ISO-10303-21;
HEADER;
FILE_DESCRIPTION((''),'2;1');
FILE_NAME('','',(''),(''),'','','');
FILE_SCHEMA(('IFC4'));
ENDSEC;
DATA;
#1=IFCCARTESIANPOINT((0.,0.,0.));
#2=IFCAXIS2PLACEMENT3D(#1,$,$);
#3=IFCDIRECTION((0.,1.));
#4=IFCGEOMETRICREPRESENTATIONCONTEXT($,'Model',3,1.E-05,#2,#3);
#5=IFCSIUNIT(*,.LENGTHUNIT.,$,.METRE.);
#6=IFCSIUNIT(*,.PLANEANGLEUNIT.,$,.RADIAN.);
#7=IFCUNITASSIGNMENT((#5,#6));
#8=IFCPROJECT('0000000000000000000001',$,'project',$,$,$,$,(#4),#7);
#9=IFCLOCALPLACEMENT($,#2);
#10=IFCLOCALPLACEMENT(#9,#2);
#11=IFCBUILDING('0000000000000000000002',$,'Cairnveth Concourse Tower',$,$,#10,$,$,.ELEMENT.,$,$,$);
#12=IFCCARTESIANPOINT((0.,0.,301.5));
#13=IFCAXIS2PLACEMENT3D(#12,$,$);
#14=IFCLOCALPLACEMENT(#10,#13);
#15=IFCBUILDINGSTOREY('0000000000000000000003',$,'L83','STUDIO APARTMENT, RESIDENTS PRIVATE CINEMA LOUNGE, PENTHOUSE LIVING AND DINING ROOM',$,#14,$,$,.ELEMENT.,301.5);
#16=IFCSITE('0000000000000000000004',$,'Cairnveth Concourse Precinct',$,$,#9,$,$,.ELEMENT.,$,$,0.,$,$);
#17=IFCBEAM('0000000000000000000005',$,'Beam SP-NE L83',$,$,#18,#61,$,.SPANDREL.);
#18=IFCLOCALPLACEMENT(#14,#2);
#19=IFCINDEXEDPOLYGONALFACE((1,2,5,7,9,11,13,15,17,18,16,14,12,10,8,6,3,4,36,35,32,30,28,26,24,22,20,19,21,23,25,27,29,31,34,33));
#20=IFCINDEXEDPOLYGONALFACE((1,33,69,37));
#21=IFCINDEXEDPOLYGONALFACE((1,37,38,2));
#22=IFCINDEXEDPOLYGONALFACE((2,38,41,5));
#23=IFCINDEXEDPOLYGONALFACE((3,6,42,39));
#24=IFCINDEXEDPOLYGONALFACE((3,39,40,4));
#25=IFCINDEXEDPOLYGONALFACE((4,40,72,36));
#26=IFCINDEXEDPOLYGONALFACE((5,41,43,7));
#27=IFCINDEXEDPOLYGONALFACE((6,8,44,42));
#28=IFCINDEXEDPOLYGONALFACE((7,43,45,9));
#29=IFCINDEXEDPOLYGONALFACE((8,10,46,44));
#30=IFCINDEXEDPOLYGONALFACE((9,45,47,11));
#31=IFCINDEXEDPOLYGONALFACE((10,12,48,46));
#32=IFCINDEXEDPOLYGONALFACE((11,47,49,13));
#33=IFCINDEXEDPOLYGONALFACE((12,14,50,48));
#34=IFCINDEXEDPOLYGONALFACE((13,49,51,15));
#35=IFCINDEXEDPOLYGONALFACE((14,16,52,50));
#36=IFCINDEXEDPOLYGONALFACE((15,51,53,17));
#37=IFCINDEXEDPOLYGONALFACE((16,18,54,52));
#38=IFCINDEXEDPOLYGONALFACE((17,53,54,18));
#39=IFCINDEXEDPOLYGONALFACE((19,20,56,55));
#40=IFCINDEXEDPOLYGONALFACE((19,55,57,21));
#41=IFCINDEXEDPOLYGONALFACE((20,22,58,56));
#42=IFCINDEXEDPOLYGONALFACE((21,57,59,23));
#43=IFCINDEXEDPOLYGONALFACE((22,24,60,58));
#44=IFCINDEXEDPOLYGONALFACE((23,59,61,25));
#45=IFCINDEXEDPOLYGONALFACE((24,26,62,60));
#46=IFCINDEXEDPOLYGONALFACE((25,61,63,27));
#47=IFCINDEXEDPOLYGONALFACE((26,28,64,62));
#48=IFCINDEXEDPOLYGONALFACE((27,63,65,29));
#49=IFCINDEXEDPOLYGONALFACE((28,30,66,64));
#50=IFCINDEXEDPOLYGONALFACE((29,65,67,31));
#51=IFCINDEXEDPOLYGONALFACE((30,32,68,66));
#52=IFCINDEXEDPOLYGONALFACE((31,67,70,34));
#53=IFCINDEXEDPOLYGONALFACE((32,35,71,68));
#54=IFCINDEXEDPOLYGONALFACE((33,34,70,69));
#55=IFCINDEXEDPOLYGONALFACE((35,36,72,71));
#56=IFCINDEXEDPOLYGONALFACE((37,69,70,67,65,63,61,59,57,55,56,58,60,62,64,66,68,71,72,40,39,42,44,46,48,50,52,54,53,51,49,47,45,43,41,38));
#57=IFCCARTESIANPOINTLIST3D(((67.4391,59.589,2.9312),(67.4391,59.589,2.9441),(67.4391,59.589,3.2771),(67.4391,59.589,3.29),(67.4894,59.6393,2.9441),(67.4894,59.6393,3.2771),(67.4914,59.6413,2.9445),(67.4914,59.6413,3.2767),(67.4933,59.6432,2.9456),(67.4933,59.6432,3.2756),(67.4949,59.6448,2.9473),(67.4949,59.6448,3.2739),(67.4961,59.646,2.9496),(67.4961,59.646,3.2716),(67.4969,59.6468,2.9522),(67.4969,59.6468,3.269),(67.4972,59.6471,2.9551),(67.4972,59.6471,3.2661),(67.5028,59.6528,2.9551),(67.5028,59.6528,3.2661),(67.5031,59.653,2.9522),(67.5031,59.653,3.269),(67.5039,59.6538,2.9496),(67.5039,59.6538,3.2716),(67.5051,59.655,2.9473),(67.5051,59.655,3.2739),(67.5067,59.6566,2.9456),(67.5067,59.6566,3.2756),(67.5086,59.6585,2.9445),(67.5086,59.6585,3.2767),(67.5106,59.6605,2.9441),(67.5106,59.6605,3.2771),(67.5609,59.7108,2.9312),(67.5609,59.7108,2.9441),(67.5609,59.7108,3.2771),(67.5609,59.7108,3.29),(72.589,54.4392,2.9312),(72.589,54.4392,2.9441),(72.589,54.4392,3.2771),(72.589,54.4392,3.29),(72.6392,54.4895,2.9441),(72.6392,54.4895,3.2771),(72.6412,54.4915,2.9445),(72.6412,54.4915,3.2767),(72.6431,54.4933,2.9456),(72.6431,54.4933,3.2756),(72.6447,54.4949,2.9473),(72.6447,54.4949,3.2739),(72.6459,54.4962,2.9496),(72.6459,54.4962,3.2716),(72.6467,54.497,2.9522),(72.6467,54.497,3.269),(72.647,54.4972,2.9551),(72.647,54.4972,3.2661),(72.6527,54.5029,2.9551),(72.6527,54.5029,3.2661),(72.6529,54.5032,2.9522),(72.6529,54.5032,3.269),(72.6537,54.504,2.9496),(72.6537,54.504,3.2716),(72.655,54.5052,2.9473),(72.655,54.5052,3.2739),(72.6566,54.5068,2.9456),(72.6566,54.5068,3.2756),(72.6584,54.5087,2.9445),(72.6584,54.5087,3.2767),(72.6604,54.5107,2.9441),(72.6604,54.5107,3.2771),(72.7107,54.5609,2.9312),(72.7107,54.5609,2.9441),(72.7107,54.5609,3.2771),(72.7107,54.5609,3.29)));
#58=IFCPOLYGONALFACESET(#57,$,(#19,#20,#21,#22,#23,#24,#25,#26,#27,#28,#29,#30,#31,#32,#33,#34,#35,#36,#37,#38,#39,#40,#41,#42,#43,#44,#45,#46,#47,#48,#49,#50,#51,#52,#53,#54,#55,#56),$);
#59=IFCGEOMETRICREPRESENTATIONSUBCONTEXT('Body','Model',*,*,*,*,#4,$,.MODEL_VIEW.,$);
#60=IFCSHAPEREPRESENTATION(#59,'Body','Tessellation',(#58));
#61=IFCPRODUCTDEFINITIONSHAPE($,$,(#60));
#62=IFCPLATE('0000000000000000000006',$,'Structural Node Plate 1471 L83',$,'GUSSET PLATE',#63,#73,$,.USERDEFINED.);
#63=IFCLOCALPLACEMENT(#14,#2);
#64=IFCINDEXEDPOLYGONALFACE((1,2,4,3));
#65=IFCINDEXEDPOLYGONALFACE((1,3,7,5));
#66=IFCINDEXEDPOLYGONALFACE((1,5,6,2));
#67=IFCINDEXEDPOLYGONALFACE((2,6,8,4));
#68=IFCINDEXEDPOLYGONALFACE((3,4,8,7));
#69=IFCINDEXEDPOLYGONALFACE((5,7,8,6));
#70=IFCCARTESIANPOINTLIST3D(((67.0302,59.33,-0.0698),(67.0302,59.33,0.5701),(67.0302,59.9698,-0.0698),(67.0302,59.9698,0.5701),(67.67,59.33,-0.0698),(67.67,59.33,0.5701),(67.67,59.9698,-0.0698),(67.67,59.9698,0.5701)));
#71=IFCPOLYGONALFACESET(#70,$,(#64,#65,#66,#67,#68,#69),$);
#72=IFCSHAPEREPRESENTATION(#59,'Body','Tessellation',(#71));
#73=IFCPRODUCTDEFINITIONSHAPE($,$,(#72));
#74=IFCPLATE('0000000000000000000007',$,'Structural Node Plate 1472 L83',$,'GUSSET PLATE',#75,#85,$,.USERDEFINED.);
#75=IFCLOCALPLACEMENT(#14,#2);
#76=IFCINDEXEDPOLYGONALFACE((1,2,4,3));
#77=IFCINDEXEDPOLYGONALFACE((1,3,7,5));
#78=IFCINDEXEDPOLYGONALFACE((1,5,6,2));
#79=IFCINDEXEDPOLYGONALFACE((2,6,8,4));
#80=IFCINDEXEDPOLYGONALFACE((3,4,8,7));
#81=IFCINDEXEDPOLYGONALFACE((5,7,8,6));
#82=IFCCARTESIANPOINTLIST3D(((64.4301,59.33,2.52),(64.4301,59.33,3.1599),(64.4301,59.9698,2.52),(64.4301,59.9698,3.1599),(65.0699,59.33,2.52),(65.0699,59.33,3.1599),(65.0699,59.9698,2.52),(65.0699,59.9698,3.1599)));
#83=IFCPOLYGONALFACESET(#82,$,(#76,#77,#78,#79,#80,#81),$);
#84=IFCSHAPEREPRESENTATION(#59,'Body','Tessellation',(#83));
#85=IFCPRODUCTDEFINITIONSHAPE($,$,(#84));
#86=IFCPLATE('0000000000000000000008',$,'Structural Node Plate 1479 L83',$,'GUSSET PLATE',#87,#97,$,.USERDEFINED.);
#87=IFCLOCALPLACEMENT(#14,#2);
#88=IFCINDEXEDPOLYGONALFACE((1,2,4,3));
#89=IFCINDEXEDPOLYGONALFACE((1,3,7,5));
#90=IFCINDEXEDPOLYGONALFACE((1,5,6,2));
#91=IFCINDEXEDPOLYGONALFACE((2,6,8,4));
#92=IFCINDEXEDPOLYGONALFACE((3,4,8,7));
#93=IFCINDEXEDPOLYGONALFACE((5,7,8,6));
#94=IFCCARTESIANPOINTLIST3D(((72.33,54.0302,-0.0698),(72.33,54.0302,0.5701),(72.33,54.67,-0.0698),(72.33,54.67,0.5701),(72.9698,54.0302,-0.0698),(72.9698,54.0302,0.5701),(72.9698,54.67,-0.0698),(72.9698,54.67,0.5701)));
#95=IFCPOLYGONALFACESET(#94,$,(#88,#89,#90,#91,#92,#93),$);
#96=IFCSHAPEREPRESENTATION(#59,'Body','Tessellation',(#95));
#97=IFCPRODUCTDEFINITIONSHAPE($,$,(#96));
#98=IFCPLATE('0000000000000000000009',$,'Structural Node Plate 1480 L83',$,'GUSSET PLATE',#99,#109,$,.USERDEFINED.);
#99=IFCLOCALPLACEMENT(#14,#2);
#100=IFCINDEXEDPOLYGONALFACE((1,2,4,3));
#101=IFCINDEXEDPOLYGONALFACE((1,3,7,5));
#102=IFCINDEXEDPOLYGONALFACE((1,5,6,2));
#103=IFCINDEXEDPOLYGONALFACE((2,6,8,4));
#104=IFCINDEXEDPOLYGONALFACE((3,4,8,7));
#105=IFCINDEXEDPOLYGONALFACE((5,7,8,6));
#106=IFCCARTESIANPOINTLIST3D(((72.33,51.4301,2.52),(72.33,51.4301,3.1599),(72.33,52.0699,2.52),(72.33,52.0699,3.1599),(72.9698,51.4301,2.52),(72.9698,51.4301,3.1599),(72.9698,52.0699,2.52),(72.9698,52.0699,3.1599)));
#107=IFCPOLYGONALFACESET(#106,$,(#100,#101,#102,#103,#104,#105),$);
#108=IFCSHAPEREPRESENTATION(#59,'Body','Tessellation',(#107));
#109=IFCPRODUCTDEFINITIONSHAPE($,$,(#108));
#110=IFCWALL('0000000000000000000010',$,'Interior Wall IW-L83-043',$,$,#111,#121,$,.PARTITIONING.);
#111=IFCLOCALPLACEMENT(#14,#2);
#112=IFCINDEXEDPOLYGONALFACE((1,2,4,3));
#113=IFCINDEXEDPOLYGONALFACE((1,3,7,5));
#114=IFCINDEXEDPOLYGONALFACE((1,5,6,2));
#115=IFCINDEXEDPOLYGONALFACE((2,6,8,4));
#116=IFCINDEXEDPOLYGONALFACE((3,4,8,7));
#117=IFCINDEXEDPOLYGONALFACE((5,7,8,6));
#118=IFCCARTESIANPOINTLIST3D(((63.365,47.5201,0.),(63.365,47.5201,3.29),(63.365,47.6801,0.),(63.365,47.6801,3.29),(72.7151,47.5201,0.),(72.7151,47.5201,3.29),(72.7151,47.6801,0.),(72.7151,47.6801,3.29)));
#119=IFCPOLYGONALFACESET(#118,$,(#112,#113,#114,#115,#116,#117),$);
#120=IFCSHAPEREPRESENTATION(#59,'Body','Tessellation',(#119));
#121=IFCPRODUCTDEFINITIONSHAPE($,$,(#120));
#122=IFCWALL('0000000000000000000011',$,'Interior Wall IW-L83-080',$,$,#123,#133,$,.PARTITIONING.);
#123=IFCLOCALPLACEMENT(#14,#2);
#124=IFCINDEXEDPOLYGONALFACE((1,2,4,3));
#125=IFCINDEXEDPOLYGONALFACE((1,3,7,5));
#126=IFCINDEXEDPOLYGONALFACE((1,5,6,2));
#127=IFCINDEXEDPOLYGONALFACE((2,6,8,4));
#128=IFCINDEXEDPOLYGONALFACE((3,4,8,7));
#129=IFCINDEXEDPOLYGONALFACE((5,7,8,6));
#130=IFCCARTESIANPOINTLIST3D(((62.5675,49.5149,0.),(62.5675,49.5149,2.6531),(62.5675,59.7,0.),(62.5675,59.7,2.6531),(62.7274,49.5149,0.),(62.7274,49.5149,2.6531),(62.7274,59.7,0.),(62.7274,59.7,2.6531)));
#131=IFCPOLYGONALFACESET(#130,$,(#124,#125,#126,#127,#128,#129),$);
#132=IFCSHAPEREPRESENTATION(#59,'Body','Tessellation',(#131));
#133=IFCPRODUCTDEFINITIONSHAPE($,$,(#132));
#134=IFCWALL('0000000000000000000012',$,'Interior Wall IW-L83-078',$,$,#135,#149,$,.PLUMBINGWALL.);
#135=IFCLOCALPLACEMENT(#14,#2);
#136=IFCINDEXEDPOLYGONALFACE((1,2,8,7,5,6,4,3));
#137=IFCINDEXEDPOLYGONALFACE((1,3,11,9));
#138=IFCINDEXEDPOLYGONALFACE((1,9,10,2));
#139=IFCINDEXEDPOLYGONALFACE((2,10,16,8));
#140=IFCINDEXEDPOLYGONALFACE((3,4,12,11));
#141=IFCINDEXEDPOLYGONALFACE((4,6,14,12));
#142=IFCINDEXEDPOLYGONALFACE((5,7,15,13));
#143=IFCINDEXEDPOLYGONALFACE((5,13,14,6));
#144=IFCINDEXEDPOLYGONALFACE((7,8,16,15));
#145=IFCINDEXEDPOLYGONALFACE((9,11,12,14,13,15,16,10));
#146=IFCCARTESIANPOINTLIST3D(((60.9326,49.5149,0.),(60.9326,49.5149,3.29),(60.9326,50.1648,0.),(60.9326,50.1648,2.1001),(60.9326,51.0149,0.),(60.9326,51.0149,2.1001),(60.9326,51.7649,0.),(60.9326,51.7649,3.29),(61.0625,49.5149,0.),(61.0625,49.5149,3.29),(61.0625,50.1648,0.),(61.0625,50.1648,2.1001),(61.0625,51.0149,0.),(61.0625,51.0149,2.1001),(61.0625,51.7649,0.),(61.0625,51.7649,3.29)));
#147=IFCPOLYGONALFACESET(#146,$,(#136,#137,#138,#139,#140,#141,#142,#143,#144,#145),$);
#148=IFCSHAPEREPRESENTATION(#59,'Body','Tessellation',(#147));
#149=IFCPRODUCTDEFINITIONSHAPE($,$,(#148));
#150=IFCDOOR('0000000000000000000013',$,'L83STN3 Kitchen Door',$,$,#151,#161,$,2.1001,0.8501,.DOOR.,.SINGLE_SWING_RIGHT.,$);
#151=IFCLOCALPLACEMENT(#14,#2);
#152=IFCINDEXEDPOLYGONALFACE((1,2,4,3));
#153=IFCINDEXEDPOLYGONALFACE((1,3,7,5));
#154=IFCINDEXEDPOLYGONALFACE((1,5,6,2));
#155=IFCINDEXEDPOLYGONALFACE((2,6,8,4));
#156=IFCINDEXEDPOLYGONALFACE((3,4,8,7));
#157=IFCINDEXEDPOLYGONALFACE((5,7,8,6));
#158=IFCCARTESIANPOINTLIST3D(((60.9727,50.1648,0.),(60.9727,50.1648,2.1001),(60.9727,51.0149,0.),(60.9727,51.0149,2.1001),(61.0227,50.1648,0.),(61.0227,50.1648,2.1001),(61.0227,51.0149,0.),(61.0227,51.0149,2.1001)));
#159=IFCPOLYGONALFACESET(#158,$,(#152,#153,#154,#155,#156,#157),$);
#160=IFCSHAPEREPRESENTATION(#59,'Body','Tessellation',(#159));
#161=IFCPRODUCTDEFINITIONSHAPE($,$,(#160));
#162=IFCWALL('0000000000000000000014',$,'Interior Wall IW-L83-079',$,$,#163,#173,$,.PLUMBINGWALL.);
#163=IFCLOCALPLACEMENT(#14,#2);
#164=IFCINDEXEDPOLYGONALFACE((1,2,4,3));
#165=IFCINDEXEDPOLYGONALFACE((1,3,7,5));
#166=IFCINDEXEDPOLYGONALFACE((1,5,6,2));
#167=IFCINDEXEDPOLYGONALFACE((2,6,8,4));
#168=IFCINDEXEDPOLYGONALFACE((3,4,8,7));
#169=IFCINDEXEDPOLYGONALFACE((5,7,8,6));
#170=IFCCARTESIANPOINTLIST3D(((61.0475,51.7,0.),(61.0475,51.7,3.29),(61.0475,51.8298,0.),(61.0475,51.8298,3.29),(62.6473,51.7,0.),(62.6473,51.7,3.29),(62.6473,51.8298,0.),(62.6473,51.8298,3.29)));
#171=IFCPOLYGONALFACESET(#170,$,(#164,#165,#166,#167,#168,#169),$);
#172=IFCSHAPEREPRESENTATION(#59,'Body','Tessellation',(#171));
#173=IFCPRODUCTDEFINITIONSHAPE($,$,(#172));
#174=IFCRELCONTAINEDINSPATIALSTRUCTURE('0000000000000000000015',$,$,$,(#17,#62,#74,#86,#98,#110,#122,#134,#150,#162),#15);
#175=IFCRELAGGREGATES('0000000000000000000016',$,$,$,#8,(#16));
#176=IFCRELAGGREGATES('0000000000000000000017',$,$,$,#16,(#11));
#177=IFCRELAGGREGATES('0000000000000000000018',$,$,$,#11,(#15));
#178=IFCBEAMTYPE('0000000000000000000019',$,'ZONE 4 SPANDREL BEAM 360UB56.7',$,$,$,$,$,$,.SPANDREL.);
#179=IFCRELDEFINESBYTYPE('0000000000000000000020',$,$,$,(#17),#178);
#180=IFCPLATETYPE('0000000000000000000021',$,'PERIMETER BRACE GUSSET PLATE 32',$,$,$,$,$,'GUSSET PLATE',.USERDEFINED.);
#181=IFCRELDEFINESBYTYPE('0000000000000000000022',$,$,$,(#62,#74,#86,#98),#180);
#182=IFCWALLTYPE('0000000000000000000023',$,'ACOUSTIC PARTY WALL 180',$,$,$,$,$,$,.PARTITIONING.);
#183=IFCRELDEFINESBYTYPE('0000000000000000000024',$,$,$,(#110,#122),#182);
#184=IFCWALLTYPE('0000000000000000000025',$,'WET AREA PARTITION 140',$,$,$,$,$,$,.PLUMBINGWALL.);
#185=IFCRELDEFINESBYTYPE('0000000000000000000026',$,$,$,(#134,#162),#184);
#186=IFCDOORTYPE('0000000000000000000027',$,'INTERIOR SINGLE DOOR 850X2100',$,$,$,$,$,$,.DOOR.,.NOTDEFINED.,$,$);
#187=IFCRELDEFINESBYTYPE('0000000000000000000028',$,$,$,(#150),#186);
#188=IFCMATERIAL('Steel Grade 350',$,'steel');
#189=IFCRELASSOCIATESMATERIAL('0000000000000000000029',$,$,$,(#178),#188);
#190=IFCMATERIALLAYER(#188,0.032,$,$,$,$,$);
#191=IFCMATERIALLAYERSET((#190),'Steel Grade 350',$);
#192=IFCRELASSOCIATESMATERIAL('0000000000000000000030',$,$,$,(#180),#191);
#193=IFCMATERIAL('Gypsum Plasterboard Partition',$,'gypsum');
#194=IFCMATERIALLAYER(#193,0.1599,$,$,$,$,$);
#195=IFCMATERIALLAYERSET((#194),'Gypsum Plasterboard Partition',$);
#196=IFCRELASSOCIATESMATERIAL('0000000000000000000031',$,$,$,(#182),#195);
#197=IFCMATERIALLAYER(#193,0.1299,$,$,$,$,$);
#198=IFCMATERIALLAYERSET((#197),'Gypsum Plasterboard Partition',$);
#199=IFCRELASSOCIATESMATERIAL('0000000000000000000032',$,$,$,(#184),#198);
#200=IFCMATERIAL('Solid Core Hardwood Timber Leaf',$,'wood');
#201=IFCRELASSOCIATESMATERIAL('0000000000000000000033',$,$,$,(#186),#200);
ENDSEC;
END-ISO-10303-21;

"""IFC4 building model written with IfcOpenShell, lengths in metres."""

from ifc_helpers import new_model, si_unit, direction, frame, frame_2d, origin, origin_2d, place, context, subcontext, project, spatial, rectangle, i_section, extrude, material, layer, layer_set, material_profile, profile_set, type_object, element, fill, save


model = new_model("IFC4")

# Units and contexts
model_context = context("Model", 3, precision=1e-05, world=origin(), true_north=direction((0.0, 1.0)))
body_context = subcontext(model_context, "Body", "Model", "MODEL_VIEW")
ifc_project = project(units=[si_unit("LENGTHUNIT", "METRE"), si_unit("PLANEANGLEUNIT", "RADIAN")], contexts=[model_context])

# Site, building, storey
site_placement = place(None, origin())
site = spatial("IfcSite", under=ifc_project, at=site_placement, Name="Cairnveth Concourse Precinct", CompositionType="ELEMENT", RefElevation=0.0)
building_placement = place(site_placement, origin())
building = spatial("IfcBuilding", under=site, at=building_placement, Name="Cairnveth Concourse Tower", CompositionType="ELEMENT")
storey_placement = place(building_placement, frame((0.0, 0.0, 301.5)))
storey = spatial("IfcBuildingStorey", under=building, at=storey_placement, Name="L83", Description="STUDIO APARTMENT, RESIDENTS PRIVATE CINEMA LOUNGE, PENTHOUSE LIVING AND DINING ROOM", CompositionType="ELEMENT", Elevation=301.5)

# Shared definitions
ifc_material_1 = material(Name="Steel Grade 350", Category="steel")

# Beam
ifc_material_profile_1 = material_profile(ifc_material_1, i_section(OverallWidth=0.1721, OverallDepth=0.3589, WebThickness=0.0081, FlangeThickness=0.0129, FilletRadius=0.011, at=origin_2d()), Name="360UB56.7")
ifc_profile_set_1 = profile_set([ifc_material_profile_1], Name="Steel Grade 350")
beam_type_1 = type_object("IfcBeamType", Name="ZONE 4 SPANDREL BEAM 360UB56.7", PredefinedType="SPANDREL", material=ifc_profile_set_1)
beam_1_placement = place(storey_placement, frame((67.5, 59.6499, 3.1106), z_axis=(0.707107, -0.707107, 0.0), x_axis=(0.707107, 0.707107, 0.0)))
element("IfcBeam", 1, at=beam_1_placement, inside=storey, type_object=beam_type_1, Name="Beam SP-NE L83", PredefinedType="SPANDREL", context=body_context, shape_type="SweptSolid", body=[
    extrude(i_section(OverallWidth=0.1721, OverallDepth=0.3589, WebThickness=0.0081, FlangeThickness=0.0129, FilletRadius=0.011, at=origin_2d()), origin(), (0.0, 0.0, 1.0), 7.283),
])

# Plates
ifc_layer_1 = layer(ifc_material_1, 0.032)
ifc_layer_set_1 = layer_set([ifc_layer_1], Name="Steel Grade 350")
plate_type = type_object("IfcPlateType", Name="PERIMETER BRACE GUSSET PLATE 32", ElementType="GUSSET PLATE", PredefinedType="USERDEFINED", material=ifc_layer_set_1)
for number, where, z_axis, x_axis, name in (
    (2, (67.3501, 59.6499, -0.0698), (0.0, 0.0, 1.0), (1.0, 0.0, 0.0), "Structural Node Plate 1471 L83"),
    (3, (64.75, 59.6499, 2.52), (0.0, 0.0, 1.0), (1.0, 0.0, 0.0), "Structural Node Plate 1472 L83"),
    (4, (72.6499, 54.3501, -0.0698), (0.0, 0.0, 1.0), (1.0, 0.0, 0.0), "Structural Node Plate 1479 L83"),
    (5, (72.6499, 51.75, 2.52), (0.0, 0.0, 1.0), (1.0, 0.0, 0.0), "Structural Node Plate 1480 L83"),
):
    element("IfcPlate", number, at=place(storey_placement, frame(where, z_axis=z_axis, x_axis=x_axis)), inside=storey, type_object=plate_type, Name=name, ObjectType="GUSSET PLATE", PredefinedType="USERDEFINED", context=body_context, shape_type="SweptSolid", body=[
        extrude(rectangle(XDim=0.6399, YDim=0.6399, at=origin_2d()), origin(), (0.0, 0.0, 1.0), 0.6399),
    ])

# Walls
ifc_material_2 = material(Name="Gypsum Plasterboard Partition", Category="gypsum")
ifc_layer_2 = layer(ifc_material_2, 0.1599)
ifc_layer_set_2 = layer_set([ifc_layer_2], Name="Gypsum Plasterboard Partition")
wall_type_1 = type_object("IfcWallType", Name="ACOUSTIC PARTY WALL 180", PredefinedType="PARTITIONING", material=ifc_layer_set_2)
wall_1_placement = place(storey_placement, frame((63.365, 47.6001, 0.0), z_axis=(0.0, 0.0, 1.0), x_axis=(1.0, 0.0, 0.0)))
element("IfcWall", 6, at=wall_1_placement, inside=storey, type_object=wall_type_1, Name="Interior Wall IW-L83-043", PredefinedType="PARTITIONING", context=body_context, shape_type="SweptSolid", body=[
    extrude(rectangle(XDim=9.3501, YDim=0.1599, at=frame_2d((4.675, 0.0))), origin(), (0.0, 0.0, 1.0), 3.29),
])
wall_2_placement = place(storey_placement, frame((62.6475, 49.5149, 0.0), z_axis=(0.0, 0.0, 1.0), x_axis=(0.0, 1.0, 0.0)))
element("IfcWall", 7, at=wall_2_placement, inside=storey, type_object=wall_type_1, Name="Interior Wall IW-L83-080", PredefinedType="PARTITIONING", context=body_context, shape_type="SweptSolid", body=[
    extrude(rectangle(XDim=10.1851, YDim=0.1599, at=frame_2d((5.0925, 0.0))), origin(), (0.0, 0.0, 1.0), 2.6531),
])

# Wall, opening, door
ifc_layer_3 = layer(ifc_material_2, 0.1299)
ifc_layer_set_3 = layer_set([ifc_layer_3], Name="Gypsum Plasterboard Partition")
wall_type_2 = type_object("IfcWallType", Name="WET AREA PARTITION 140", PredefinedType="PLUMBINGWALL", material=ifc_layer_set_3)
wall_3_placement = place(storey_placement, frame((60.9976, 49.5149, 0.0), z_axis=(0.0, 0.0, 1.0), x_axis=(0.0, 1.0, 0.0)))
wall_3 = element("IfcWall", 8, at=wall_3_placement, inside=storey, type_object=wall_type_2, Name="Interior Wall IW-L83-078", PredefinedType="PLUMBINGWALL", context=body_context, shape_type="SweptSolid", body=[
    extrude(rectangle(XDim=2.25, YDim=0.1299, at=frame_2d((1.125, 0.0))), origin(), (0.0, 0.0, 1.0), 3.29),
])
opening_1_placement = place(wall_3_placement, frame((0.6499, 0.0, 0.0)))
opening_1 = element("IfcOpeningElement", 9, at=opening_1_placement, cuts=wall_3, PredefinedType="OPENING", context=body_context, shape_type="SweptSolid", body=[
    extrude(rectangle(XDim=0.8501, YDim=2.1001, at=frame_2d((0.425, 1.05))), frame((0.0, 0.075, 0.0), z_axis=(0.0, -1.0, 0.0), x_axis=(1.0, 0.0, 0.0)), (0.0, 0.0, 1.0), 0.1499),
])
ifc_material_3 = material(Name="Solid Core Hardwood Timber Leaf", Category="wood")
door_type_1 = type_object("IfcDoorType", Name="INTERIOR SINGLE DOOR 850X2100", OperationType="NOTDEFINED", PredefinedType="DOOR", material=ifc_material_3)
door_1_placement = place(opening_1_placement, origin())
door_1 = element("IfcDoor", 10, at=door_1_placement, inside=storey, type_object=door_type_1, Name="L83STN3 Kitchen Door", OperationType="SINGLE_SWING_RIGHT", OverallHeight=2.1001, OverallWidth=0.8501, PredefinedType="DOOR", context=body_context, shape_type="SweptSolid", body=[
    extrude(rectangle(XDim=0.8501, YDim=2.1001, at=frame_2d((0.425, 1.05))), frame((0.0, 0.0249, 0.0), z_axis=(0.0, -1.0, 0.0), x_axis=(1.0, 0.0, 0.0)), (0.0, 0.0, 1.0), 0.05),
])
fill(opening_1, door_1)

# Wall
wall_4_placement = place(storey_placement, frame((61.0476, 51.7649, 0.0), z_axis=(0.0, 0.0, 1.0), x_axis=(1.0, 0.0, 0.0)))
element("IfcWall", 11, at=wall_4_placement, inside=storey, type_object=wall_type_2, Name="Interior Wall IW-L83-079", PredefinedType="PLUMBINGWALL", context=body_context, shape_type="SweptSolid", body=[
    extrude(rectangle(XDim=1.5999, YDim=0.1299, at=frame_2d((0.7998, 0.0))), origin(), (0.0, 0.0, 1.0), 3.29),
])

save(model, "model.ifc")
